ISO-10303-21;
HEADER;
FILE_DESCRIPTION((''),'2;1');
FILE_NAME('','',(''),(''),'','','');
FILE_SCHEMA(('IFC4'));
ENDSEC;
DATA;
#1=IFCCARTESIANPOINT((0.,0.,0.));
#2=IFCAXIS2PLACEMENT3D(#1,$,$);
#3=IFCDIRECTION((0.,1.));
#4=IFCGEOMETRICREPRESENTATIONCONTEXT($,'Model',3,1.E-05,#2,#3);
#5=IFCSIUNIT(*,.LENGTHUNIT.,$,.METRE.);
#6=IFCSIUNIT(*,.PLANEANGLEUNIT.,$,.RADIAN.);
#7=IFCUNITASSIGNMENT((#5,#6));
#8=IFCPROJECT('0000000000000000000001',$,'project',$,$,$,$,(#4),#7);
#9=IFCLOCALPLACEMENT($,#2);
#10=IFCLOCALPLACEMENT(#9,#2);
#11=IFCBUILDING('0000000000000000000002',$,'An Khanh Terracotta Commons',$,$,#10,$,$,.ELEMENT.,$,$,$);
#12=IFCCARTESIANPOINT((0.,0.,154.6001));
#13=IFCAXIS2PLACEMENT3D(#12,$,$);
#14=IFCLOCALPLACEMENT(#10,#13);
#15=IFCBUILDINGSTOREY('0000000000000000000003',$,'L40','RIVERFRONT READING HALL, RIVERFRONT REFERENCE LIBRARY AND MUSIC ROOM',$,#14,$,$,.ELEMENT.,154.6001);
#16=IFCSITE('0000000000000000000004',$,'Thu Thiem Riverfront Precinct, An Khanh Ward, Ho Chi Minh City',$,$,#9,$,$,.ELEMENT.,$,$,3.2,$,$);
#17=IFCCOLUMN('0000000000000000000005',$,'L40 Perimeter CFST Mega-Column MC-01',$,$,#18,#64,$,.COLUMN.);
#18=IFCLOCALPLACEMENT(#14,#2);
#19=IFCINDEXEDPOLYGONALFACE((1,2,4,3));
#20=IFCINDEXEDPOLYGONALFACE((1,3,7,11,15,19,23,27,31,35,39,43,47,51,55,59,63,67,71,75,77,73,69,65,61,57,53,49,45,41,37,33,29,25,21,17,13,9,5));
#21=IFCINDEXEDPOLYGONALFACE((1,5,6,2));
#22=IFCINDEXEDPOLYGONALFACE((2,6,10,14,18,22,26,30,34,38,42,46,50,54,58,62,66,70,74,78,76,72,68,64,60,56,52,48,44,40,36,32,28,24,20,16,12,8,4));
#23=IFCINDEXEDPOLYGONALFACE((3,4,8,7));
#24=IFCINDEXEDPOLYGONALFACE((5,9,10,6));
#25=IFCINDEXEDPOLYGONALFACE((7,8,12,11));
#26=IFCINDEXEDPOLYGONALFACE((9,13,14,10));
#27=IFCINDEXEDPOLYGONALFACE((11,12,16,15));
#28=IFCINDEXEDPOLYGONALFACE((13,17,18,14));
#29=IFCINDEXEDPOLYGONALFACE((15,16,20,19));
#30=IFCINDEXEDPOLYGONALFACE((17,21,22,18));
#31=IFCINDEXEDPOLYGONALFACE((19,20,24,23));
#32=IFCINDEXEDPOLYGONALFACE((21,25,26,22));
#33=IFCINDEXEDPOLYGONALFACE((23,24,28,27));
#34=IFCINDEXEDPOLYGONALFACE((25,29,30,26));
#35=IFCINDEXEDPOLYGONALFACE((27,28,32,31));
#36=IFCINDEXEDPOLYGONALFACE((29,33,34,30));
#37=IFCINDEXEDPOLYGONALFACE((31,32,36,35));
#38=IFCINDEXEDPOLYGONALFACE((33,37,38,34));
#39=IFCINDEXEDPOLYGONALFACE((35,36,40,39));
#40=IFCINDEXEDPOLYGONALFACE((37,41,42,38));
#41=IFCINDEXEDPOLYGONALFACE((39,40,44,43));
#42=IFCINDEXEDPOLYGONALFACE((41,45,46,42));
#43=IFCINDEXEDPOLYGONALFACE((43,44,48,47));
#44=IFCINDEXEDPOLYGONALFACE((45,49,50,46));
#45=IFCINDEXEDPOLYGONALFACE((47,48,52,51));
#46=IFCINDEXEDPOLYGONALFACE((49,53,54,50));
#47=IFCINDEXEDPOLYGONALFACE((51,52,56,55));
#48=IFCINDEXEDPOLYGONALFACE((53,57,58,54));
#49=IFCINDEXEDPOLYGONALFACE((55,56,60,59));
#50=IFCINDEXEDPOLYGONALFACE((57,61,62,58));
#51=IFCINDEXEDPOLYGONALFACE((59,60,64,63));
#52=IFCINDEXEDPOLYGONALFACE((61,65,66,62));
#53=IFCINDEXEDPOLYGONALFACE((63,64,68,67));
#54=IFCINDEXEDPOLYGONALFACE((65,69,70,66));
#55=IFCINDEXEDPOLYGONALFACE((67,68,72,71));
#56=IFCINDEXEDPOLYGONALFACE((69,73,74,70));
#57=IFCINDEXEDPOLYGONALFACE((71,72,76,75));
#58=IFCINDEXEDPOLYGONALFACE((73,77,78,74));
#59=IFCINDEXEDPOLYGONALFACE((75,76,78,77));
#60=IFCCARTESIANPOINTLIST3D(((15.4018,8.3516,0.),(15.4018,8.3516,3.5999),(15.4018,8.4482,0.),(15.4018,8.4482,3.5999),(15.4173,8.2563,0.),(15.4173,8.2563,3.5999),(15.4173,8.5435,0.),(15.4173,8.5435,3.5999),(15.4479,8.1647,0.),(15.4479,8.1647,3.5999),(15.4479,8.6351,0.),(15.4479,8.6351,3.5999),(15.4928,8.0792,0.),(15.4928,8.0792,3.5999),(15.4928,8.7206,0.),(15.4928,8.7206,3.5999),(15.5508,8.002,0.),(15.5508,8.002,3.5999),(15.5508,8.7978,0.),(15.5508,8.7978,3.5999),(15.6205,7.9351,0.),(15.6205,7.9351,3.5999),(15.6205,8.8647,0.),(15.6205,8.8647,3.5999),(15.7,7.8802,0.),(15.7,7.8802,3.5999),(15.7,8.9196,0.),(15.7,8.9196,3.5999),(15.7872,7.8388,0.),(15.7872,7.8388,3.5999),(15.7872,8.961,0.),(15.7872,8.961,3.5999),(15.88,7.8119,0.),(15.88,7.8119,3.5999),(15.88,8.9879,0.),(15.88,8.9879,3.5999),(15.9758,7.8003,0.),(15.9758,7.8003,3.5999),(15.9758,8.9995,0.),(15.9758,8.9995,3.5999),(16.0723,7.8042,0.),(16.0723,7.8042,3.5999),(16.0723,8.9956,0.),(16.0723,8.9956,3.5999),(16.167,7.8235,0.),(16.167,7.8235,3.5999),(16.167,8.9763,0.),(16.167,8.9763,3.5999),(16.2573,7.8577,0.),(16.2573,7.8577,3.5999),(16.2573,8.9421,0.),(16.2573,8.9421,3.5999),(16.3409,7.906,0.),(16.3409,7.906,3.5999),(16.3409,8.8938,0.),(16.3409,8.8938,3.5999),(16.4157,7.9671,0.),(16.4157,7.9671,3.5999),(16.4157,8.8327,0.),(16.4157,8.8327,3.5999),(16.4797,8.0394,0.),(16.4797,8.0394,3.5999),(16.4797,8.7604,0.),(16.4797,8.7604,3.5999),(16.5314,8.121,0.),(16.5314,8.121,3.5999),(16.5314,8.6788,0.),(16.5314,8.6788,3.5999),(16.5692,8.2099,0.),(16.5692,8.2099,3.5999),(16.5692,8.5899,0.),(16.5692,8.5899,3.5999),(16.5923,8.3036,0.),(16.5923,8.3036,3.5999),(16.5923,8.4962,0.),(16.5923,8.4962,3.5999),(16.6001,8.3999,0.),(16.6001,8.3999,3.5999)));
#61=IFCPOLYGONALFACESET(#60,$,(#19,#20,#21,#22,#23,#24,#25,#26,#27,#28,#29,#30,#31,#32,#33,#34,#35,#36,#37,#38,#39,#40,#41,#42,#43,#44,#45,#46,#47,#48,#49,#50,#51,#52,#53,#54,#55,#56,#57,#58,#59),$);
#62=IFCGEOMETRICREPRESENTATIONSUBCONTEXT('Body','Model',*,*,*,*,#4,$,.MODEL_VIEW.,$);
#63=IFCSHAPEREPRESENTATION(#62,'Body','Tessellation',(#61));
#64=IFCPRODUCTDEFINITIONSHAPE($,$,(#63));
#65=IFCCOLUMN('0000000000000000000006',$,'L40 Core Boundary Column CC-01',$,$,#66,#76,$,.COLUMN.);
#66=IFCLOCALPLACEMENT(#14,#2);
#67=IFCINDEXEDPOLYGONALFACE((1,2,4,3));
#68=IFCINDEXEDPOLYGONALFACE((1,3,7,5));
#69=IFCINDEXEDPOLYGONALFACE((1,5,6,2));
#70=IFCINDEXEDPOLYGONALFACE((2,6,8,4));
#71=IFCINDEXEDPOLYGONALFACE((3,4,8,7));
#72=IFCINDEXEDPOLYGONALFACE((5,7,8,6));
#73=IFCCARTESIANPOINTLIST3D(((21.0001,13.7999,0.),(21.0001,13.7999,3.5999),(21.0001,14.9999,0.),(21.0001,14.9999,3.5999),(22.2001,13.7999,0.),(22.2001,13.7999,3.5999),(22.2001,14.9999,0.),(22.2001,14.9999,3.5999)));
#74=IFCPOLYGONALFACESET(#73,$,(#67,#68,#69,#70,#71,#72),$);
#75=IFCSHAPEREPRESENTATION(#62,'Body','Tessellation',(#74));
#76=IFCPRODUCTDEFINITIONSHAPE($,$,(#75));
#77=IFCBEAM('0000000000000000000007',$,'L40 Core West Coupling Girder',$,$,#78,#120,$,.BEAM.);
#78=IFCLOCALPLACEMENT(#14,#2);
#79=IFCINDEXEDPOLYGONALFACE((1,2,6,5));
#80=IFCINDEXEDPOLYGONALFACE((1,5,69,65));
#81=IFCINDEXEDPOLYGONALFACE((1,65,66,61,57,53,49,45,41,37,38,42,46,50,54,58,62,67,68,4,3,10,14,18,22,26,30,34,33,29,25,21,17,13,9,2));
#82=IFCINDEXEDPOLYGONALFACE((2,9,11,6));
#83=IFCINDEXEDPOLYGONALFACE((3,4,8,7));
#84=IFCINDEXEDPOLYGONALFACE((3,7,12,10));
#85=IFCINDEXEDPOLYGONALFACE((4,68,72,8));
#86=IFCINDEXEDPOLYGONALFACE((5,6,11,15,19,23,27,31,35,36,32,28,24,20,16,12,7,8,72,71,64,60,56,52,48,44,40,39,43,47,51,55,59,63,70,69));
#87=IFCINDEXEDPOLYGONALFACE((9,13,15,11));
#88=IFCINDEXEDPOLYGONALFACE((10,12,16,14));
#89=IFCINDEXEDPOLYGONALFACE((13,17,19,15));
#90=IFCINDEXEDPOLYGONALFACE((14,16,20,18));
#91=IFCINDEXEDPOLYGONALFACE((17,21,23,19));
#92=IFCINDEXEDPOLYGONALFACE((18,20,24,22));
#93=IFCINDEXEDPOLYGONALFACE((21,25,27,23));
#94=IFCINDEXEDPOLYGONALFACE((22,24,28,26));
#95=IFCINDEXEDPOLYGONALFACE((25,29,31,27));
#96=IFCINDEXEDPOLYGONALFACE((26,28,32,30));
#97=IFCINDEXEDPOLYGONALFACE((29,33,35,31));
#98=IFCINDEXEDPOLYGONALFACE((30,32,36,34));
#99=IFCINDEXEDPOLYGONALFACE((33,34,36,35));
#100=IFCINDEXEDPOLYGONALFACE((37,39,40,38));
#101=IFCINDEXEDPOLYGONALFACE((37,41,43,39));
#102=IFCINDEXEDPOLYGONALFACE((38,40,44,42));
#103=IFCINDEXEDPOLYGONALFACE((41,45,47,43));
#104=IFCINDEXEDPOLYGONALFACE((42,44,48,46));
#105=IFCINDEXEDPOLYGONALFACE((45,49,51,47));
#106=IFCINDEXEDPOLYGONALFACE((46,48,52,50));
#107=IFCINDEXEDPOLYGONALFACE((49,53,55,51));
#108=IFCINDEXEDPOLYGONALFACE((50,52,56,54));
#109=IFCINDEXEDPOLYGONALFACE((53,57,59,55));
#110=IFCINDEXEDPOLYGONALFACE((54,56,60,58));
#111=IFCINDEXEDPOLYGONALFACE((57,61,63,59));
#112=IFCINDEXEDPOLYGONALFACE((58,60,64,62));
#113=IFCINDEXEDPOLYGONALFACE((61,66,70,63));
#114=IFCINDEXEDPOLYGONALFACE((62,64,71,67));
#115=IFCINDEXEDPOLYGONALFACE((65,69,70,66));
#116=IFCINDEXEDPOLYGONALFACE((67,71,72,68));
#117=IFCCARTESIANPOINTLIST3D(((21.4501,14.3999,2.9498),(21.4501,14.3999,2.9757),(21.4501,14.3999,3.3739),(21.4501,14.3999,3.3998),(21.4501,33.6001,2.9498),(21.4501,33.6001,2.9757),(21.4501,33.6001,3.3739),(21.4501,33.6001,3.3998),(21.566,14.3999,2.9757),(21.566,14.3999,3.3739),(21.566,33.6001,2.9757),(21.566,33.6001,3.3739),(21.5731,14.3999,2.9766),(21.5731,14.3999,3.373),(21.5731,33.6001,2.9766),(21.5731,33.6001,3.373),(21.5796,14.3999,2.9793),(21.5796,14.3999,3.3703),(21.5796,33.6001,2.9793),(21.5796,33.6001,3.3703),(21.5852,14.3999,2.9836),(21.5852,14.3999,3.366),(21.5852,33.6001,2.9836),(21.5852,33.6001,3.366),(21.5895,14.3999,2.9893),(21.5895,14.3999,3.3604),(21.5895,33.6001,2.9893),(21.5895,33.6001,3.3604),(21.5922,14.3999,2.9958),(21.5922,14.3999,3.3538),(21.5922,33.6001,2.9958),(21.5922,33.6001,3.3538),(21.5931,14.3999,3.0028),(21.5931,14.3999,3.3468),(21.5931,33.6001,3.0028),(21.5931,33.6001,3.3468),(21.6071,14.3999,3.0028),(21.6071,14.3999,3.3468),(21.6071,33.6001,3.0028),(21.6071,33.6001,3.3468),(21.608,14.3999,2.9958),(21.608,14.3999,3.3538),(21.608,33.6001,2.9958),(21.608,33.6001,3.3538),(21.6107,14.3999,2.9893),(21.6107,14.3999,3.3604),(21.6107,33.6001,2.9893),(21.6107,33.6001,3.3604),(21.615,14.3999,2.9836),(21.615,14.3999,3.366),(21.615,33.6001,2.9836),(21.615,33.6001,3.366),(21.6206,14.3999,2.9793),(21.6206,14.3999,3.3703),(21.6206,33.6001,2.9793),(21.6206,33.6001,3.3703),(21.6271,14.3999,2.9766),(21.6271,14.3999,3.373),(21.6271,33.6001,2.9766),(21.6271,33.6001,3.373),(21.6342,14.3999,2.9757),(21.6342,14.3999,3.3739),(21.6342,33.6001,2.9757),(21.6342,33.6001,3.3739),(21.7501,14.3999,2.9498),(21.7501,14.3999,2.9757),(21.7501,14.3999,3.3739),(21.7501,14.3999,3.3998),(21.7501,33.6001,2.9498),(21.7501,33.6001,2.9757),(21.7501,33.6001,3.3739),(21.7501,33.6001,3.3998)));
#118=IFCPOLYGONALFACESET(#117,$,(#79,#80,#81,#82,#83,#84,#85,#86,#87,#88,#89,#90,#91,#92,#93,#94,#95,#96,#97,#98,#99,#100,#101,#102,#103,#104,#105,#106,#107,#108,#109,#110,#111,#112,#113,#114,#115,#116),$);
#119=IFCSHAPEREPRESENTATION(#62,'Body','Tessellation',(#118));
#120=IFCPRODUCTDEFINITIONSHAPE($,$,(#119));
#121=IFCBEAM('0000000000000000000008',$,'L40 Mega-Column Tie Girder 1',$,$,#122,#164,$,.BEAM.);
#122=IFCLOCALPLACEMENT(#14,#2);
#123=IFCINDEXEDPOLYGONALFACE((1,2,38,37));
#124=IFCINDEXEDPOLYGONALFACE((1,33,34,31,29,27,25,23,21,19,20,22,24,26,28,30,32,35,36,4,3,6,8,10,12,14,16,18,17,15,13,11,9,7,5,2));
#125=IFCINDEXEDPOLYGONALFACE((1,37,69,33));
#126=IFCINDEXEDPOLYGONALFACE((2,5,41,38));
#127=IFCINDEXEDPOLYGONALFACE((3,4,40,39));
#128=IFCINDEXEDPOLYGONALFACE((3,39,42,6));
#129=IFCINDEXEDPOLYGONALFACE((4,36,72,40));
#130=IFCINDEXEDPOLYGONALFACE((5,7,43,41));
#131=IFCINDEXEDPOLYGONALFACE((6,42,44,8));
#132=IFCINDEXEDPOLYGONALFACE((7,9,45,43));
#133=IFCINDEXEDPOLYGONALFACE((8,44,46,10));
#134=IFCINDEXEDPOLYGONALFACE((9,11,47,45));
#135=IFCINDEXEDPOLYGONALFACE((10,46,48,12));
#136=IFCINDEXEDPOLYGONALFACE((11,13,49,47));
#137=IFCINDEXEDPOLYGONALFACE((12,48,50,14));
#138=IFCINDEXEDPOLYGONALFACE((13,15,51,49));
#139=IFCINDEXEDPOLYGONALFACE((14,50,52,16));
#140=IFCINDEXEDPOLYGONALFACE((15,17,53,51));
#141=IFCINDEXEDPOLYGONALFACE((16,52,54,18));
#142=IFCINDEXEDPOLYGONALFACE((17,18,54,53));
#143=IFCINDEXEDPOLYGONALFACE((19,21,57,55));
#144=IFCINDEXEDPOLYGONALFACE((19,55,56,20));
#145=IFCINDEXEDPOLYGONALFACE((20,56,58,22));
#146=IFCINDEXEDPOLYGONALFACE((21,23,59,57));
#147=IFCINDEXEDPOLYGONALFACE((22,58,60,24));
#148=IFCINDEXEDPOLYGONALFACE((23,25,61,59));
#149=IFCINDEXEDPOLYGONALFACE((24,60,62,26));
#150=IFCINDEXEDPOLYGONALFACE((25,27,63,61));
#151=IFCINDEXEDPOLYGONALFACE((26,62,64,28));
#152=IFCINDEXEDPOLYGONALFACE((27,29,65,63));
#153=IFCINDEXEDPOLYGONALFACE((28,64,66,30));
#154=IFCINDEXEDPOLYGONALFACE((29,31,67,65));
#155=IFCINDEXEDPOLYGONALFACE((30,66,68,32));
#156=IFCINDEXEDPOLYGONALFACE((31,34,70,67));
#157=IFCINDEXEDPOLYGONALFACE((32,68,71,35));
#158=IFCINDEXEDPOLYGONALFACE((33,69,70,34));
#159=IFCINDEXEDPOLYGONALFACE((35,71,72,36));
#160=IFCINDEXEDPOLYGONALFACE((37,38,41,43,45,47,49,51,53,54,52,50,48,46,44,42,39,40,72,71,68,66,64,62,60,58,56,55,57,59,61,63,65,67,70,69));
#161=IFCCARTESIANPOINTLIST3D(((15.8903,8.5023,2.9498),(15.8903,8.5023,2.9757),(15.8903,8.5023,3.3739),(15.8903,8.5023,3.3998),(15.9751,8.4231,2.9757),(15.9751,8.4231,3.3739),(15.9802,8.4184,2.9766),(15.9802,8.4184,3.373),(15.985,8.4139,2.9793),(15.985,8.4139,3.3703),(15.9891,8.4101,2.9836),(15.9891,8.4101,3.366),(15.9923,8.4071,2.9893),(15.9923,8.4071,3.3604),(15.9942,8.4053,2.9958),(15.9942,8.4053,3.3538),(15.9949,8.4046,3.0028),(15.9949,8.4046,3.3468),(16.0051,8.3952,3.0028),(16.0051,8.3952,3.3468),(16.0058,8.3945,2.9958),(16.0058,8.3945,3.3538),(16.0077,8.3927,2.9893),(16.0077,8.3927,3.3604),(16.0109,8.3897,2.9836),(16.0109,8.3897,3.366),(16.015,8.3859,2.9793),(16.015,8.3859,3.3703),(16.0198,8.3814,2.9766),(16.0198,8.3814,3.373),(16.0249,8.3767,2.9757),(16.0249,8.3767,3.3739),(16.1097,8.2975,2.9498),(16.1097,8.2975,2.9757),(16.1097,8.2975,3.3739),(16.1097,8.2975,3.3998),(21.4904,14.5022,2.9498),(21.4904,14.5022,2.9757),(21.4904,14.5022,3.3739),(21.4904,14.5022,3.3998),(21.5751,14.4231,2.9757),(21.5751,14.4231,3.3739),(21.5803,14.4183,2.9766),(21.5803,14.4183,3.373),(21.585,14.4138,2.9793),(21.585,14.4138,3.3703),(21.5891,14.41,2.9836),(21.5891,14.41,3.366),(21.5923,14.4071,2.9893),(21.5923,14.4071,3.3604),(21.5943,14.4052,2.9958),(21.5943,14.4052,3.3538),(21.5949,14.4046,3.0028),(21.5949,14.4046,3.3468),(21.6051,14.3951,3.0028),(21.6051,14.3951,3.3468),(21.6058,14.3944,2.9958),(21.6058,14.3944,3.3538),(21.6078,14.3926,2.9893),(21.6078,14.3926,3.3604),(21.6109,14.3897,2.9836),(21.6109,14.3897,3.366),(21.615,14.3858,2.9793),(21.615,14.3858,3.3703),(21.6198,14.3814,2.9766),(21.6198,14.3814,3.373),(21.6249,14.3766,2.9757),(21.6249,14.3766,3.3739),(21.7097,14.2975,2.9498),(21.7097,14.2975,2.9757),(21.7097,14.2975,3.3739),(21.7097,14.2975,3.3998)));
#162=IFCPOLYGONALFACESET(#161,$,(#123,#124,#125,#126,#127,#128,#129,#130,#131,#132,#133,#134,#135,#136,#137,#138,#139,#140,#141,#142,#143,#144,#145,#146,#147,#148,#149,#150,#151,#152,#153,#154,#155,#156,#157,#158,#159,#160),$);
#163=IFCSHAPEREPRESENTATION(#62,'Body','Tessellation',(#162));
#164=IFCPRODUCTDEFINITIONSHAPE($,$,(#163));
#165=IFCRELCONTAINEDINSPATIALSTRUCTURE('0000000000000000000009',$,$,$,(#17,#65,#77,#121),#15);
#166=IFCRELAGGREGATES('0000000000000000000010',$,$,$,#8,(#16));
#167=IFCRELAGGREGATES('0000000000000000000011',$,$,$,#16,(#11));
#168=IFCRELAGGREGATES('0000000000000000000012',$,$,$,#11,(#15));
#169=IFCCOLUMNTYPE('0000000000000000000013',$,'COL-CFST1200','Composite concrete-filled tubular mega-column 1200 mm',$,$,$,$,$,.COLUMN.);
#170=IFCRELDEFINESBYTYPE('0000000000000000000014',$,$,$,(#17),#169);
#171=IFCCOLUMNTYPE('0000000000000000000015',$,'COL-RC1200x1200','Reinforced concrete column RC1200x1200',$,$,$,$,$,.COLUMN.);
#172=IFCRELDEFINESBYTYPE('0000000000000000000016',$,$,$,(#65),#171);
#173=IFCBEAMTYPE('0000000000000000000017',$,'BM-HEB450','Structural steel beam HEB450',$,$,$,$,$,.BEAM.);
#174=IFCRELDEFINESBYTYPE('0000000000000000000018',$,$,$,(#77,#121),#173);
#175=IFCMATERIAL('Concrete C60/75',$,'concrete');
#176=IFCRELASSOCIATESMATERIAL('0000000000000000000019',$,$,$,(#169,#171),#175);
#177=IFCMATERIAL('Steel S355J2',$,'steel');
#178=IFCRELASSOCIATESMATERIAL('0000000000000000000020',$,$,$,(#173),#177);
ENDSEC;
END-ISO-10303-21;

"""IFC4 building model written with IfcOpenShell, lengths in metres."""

from ifc_helpers import new_model, si_unit, direction, frame, origin, origin_2d, place, context, subcontext, project, spatial, rectangle, circle, i_section, extrude, material, material_profile, profile_set, type_object, element, save


model = new_model("IFC4")

# Units and contexts
model_context = context("Model", 3, precision=1e-05, world=origin(), true_north=direction((0.0, 1.0)))
body_context = subcontext(model_context, "Body", "Model", "MODEL_VIEW")
ifc_project = project(units=[si_unit("LENGTHUNIT", "METRE"), si_unit("PLANEANGLEUNIT", "RADIAN")], contexts=[model_context])

# Site, building, storey
site_placement = place(None, origin())
site = spatial("IfcSite", under=ifc_project, at=site_placement, Name="Thu Thiem Riverfront Precinct, An Khanh Ward, Ho Chi Minh City", CompositionType="ELEMENT", RefElevation=3.2)
building_placement = place(site_placement, origin())
building = spatial("IfcBuilding", under=site, at=building_placement, Name="An Khanh Terracotta Commons", CompositionType="ELEMENT")
storey_placement = place(building_placement, frame((0.0, 0.0, 154.6001)))
storey = spatial("IfcBuildingStorey", under=building, at=storey_placement, Name="L40", Description="RIVERFRONT READING HALL, RIVERFRONT REFERENCE LIBRARY AND MUSIC ROOM", CompositionType="ELEMENT", Elevation=154.6001)

# Columns
ifc_material_1 = material(Name="Concrete C60/75", Category="concrete")
ifc_material_profile_1 = material_profile(ifc_material_1, circle(Radius=0.6001, at=origin_2d()), Name="CFST1200")
ifc_profile_set_1 = profile_set([ifc_material_profile_1], Name="Concrete C60/75")
column_type_1 = type_object("IfcColumnType", Name="COL-CFST1200", Description="Composite concrete-filled tubular mega-column 1200 mm", PredefinedType="COLUMN", material=ifc_profile_set_1)
column_1_placement = place(storey_placement, frame((16.0, 8.3999, 0.0), z_axis=(0.0, 0.0, 1.0), x_axis=(1.0, 0.0, 0.0)))
element("IfcColumn", 1, at=column_1_placement, inside=storey, type_object=column_type_1, Name="L40 Perimeter CFST Mega-Column MC-01", PredefinedType="COLUMN", context=body_context, shape_type="SweptSolid", body=[
    extrude(circle(Radius=0.6001, at=origin_2d()), origin(), (0.0, 0.0, 1.0), 3.5999),
])
ifc_material_profile_2 = material_profile(ifc_material_1, rectangle(XDim=1.2, YDim=1.2, at=origin_2d()), Name="RC1200x1200")
ifc_profile_set_2 = profile_set([ifc_material_profile_2], Name="Concrete C60/75")
column_type_2 = type_object("IfcColumnType", Name="COL-RC1200x1200", Description="Reinforced concrete column RC1200x1200", PredefinedType="COLUMN", material=ifc_profile_set_2)
column_2_placement = place(storey_placement, frame((21.6001, 14.3999, 0.0), z_axis=(0.0, 0.0, 1.0), x_axis=(1.0, 0.0, 0.0)))
element("IfcColumn", 2, at=column_2_placement, inside=storey, type_object=column_type_2, Name="L40 Core Boundary Column CC-01", PredefinedType="COLUMN", context=body_context, shape_type="SweptSolid", body=[
    extrude(rectangle(XDim=1.2, YDim=1.2, at=origin_2d()), origin(), (0.0, 0.0, 1.0), 3.5999),
])

# Beams
ifc_material_2 = material(Name="Steel S355J2", Category="steel")
ifc_material_profile_3 = material_profile(ifc_material_2, i_section(OverallWidth=0.3, OverallDepth=0.45, WebThickness=0.0139, FlangeThickness=0.0259, FilletRadius=0.0271, at=origin_2d()), Name="HEB450")
ifc_profile_set_3 = profile_set([ifc_material_profile_3], Name="Steel S355J2")
beam_type_1 = type_object("IfcBeamType", Name="BM-HEB450", Description="Structural steel beam HEB450", PredefinedType="BEAM", material=ifc_profile_set_3)
beam_1_placement = place(storey_placement, frame((21.6001, 14.3999, 3.1748), z_axis=(0.0, 1.0, 0.0), x_axis=(-1.0, 0.0, 0.0)))
element("IfcBeam", 3, at=beam_1_placement, inside=storey, type_object=beam_type_1, Name="L40 Core West Coupling Girder", PredefinedType="BEAM", context=body_context, shape_type="SweptSolid", body=[
    extrude(i_section(OverallWidth=0.3, OverallDepth=0.45, WebThickness=0.0139, FlangeThickness=0.0259, FilletRadius=0.0271, at=origin_2d()), origin(), (0.0, 0.0, 1.0), 19.2002),
])
beam_2_placement = place(storey_placement, frame((16.0, 8.3999, 3.1748), z_axis=(0.682325, 0.731049, 0.0), x_axis=(-0.731049, 0.682325, 0.0)))
element("IfcBeam", 4, at=beam_2_placement, inside=storey, type_object=beam_type_1, Name="L40 Mega-Column Tie Girder 1", PredefinedType="BEAM", context=body_context, shape_type="SweptSolid", body=[
    extrude(i_section(OverallWidth=0.3, OverallDepth=0.45, WebThickness=0.0139, FlangeThickness=0.0259, FilletRadius=0.0271, at=origin_2d()), origin(), (0.0, 0.0, 1.0), 8.2073),
])

save(model, "model.ifc")
